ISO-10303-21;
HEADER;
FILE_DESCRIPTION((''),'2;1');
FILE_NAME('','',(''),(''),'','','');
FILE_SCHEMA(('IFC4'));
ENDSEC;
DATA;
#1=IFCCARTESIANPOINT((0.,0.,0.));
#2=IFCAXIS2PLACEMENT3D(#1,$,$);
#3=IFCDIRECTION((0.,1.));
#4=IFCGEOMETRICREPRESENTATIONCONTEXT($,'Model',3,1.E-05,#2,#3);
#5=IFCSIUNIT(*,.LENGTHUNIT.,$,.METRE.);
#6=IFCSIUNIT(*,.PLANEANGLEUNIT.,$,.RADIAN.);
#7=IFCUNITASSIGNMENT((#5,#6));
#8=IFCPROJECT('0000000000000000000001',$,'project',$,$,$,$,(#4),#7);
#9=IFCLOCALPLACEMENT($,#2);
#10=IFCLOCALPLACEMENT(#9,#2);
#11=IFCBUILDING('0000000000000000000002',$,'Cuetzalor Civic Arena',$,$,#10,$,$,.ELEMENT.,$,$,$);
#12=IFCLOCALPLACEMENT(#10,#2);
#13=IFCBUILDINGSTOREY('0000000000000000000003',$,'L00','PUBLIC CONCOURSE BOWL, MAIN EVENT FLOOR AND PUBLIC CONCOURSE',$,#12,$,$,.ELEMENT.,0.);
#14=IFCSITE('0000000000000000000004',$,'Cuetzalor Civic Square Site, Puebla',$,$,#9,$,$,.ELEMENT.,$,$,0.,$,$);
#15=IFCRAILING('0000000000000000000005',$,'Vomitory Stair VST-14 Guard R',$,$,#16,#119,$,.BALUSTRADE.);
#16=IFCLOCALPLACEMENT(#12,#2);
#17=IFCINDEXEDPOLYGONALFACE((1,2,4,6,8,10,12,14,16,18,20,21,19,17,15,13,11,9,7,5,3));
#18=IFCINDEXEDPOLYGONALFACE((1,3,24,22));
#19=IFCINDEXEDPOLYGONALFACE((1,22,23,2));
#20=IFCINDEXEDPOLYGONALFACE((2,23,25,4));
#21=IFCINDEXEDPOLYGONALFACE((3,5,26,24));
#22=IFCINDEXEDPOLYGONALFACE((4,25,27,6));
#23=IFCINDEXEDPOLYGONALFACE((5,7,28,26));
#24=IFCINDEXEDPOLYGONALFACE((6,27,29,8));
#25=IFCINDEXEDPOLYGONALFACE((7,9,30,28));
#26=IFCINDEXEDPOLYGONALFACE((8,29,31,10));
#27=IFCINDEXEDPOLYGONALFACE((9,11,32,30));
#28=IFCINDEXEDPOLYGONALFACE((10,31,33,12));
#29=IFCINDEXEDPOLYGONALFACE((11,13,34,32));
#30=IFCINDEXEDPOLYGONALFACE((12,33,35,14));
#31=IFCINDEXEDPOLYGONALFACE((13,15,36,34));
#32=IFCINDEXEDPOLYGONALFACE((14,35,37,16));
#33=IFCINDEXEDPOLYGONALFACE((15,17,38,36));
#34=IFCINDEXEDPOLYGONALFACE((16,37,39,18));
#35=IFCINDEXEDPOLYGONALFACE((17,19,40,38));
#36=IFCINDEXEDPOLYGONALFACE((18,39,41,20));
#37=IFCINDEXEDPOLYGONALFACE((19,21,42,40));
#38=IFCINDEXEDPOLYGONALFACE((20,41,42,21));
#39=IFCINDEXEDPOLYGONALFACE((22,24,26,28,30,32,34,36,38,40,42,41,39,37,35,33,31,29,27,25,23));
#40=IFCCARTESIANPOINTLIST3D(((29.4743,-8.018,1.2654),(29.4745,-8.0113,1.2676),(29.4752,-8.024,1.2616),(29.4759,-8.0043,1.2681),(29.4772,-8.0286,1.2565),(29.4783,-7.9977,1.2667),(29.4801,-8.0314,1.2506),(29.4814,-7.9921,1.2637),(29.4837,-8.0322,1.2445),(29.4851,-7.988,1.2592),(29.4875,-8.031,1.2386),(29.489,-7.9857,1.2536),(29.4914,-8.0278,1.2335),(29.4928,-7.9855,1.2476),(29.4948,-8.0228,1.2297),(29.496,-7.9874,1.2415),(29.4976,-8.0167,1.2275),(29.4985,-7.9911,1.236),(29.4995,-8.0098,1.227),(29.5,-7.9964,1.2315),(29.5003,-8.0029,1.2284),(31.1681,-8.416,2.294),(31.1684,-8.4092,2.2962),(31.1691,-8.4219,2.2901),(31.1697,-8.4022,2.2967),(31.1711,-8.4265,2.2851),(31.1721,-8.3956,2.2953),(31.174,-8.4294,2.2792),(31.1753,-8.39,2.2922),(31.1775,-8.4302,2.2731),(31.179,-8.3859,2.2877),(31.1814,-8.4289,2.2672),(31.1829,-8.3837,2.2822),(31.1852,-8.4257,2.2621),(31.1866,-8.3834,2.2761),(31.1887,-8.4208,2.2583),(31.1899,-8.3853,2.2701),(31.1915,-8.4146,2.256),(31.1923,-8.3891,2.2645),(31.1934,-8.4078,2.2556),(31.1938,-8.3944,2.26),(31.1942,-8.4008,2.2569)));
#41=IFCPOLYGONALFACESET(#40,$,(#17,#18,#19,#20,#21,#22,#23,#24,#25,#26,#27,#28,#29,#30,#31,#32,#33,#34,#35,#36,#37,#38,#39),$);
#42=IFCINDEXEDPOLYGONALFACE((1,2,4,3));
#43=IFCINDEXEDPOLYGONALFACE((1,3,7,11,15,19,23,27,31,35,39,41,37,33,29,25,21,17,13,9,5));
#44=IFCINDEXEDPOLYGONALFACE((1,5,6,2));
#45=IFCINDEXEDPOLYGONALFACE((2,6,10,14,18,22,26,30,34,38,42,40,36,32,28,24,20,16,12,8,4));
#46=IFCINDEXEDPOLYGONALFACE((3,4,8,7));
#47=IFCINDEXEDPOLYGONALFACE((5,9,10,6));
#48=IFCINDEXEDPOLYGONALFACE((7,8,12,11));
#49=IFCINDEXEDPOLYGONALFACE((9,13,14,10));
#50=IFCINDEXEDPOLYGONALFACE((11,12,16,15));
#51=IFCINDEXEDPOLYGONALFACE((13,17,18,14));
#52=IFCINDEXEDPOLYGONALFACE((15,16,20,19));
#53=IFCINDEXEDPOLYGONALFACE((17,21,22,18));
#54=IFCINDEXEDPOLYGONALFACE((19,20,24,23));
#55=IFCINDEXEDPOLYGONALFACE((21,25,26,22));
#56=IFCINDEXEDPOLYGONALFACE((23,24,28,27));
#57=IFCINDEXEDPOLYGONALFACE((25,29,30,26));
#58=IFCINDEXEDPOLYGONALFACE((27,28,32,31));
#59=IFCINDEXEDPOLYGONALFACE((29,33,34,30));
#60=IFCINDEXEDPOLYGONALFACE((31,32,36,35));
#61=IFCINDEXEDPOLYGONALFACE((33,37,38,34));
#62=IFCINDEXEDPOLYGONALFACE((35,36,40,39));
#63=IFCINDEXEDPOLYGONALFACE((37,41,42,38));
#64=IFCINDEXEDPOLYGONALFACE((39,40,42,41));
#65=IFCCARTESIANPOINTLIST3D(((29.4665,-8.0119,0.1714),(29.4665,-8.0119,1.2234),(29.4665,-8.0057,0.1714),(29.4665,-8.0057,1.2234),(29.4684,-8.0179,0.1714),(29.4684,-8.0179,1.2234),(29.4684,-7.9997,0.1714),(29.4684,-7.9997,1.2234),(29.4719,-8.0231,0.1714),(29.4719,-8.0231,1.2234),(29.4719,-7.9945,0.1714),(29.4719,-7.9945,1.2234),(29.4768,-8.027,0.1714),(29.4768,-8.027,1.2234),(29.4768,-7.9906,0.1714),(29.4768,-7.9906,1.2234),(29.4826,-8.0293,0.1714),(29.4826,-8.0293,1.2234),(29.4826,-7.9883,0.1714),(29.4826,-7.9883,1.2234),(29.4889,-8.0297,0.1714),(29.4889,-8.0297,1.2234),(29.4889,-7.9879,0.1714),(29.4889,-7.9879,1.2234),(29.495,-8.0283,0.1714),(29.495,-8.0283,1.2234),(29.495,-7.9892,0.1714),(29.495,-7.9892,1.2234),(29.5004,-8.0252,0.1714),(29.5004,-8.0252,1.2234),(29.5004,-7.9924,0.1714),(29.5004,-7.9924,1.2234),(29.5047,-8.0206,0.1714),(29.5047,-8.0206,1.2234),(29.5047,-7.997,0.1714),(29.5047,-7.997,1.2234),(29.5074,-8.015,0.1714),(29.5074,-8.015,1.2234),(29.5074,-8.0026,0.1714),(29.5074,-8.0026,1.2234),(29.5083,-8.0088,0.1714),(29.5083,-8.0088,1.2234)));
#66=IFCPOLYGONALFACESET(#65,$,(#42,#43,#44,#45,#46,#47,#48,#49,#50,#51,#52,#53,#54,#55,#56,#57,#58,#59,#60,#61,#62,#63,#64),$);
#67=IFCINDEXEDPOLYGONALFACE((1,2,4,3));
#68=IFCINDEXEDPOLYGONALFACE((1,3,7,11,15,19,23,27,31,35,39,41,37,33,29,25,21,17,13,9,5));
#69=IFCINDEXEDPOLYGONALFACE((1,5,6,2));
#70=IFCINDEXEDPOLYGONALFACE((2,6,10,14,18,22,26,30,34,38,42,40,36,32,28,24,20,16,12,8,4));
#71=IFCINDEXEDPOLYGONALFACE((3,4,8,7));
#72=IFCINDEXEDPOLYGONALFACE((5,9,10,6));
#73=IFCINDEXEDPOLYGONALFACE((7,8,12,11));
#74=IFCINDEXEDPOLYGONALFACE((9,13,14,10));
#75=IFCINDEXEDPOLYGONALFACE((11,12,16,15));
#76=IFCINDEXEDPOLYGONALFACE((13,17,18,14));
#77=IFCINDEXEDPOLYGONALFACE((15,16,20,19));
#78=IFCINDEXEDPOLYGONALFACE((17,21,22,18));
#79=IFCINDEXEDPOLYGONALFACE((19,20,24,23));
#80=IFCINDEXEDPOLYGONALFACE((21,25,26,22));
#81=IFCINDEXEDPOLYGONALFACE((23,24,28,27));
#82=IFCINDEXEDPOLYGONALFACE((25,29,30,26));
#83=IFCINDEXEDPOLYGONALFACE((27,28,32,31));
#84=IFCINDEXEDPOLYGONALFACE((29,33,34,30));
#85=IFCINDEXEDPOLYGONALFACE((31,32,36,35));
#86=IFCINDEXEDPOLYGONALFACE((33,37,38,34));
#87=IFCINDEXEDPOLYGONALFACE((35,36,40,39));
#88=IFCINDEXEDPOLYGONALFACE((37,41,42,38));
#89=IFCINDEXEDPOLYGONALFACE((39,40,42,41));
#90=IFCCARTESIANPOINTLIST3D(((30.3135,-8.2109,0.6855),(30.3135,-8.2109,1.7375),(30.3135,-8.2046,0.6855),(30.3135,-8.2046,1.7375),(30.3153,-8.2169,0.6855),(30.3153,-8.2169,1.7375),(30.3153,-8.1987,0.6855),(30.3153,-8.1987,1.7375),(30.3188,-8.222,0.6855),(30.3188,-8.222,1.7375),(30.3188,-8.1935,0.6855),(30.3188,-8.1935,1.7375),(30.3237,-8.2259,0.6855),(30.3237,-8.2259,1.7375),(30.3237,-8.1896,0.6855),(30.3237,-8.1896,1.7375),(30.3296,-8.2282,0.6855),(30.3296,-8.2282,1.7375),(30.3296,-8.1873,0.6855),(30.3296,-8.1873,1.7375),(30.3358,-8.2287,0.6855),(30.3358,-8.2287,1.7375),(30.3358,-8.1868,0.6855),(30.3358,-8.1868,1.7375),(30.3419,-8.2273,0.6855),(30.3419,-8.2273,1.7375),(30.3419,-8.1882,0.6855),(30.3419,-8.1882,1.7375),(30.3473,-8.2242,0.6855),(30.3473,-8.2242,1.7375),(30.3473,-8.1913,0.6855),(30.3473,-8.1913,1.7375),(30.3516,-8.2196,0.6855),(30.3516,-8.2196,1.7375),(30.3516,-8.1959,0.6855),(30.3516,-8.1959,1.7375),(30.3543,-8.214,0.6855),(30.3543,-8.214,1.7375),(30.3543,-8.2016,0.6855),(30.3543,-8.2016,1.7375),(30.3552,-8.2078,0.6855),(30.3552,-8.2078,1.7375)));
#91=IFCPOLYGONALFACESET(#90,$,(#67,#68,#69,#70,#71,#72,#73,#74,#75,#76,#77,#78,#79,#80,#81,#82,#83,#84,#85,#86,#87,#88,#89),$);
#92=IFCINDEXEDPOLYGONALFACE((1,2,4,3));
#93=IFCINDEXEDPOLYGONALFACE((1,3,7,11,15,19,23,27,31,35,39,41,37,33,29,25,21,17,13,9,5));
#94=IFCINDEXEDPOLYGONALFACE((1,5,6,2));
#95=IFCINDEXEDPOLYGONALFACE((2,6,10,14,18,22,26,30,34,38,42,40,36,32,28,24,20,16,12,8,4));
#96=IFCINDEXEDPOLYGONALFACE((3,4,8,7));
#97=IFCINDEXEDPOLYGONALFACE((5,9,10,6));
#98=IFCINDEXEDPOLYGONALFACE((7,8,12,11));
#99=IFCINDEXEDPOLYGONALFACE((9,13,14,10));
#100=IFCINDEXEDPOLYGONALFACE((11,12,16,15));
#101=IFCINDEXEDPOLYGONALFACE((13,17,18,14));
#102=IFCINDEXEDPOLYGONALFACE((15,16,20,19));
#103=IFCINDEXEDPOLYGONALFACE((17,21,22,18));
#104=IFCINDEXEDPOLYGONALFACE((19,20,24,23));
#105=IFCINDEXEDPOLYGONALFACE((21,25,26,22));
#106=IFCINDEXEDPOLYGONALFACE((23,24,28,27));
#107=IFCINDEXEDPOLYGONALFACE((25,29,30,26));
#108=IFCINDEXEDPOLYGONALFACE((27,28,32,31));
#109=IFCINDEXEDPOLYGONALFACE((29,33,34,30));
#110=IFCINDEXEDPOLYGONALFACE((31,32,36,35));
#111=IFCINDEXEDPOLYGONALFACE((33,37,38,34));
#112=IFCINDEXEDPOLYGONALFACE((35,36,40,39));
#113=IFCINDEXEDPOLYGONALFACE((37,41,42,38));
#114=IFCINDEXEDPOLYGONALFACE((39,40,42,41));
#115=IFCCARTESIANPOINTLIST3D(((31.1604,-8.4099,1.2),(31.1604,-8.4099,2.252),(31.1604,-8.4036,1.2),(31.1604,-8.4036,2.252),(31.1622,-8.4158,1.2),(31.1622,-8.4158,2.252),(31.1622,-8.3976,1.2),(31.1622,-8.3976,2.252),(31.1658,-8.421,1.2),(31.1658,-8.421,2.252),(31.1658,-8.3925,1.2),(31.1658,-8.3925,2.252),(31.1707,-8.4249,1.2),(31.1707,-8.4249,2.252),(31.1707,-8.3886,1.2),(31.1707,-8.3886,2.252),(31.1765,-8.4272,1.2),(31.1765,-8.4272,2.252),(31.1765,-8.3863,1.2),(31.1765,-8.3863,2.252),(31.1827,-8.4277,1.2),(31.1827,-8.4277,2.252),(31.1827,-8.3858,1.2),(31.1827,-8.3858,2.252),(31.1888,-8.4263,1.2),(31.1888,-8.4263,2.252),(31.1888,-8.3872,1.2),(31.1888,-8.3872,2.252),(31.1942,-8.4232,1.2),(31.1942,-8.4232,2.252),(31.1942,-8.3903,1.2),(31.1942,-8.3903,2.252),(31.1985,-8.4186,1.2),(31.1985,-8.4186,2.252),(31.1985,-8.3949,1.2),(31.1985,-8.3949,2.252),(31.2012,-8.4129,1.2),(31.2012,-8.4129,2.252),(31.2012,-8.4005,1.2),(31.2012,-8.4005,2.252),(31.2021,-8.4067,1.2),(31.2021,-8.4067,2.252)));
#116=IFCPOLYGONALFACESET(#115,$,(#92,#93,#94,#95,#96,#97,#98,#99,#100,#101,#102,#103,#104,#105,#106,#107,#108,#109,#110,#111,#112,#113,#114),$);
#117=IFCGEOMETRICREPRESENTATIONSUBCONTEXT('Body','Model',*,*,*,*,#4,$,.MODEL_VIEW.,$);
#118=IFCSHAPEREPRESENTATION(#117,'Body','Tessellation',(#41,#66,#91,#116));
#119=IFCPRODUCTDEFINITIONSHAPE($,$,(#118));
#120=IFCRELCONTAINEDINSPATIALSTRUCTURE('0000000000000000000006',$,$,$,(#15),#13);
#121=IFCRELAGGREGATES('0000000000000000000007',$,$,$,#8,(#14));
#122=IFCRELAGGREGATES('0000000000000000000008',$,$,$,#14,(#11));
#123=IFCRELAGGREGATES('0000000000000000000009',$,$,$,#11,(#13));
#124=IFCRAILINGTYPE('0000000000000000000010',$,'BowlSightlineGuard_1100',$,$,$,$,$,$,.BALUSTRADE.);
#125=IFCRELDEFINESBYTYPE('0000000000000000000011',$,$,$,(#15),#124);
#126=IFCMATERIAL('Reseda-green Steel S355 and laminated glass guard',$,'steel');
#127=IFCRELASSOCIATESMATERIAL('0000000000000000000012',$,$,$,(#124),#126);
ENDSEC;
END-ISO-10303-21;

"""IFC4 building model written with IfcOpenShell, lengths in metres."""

from ifc_helpers import new_model, si_unit, direction, frame, origin, origin_2d, place, context, subcontext, project, spatial, circle, extrude, material, type_object, element, save


model = new_model("IFC4")

# Units and contexts
model_context = context("Model", 3, precision=1e-05, world=origin(), true_north=direction((0.0, 1.0)))
body_context = subcontext(model_context, "Body", "Model", "MODEL_VIEW")
ifc_project = project(units=[si_unit("LENGTHUNIT", "METRE"), si_unit("PLANEANGLEUNIT", "RADIAN")], contexts=[model_context])

# Site, building, storey
site_placement = place(None, origin())
site = spatial("IfcSite", under=ifc_project, at=site_placement, Name="Cuetzalor Civic Square Site, Puebla", CompositionType="ELEMENT", RefElevation=0.0)
building_placement = place(site_placement, origin())
building = spatial("IfcBuilding", under=site, at=building_placement, Name="Cuetzalor Civic Arena", CompositionType="ELEMENT")
storey_placement = place(building_placement, origin())
storey = spatial("IfcBuildingStorey", under=building, at=storey_placement, Name="L00", Description="PUBLIC CONCOURSE BOWL, MAIN EVENT FLOOR AND PUBLIC CONCOURSE", CompositionType="ELEMENT", Elevation=0.0)

# Railing
ifc_material_1 = material(Name="Reseda-green Steel S355 and laminated glass guard", Category="steel")
railing_type_1 = type_object("IfcRailingType", Name="BowlSightlineGuard_1100", PredefinedType="BALUSTRADE", material=ifc_material_1)
railing_1_placement = place(storey_placement, frame((29.4873, -8.0088, 0.1714)))
element("IfcRailing", 1, at=railing_1_placement, inside=storey, type_object=railing_type_1, Name="Vomitory Stair VST-14 Guard R", PredefinedType="BALUSTRADE", context=body_context, shape_type="SweptSolid", body=[
    extrude(circle(Radius=0.0239, at=origin_2d()), frame((0.0, 0.0, 1.0762), z_axis=(0.838022, -0.196883, 0.508877), x_axis=(0.228711, 0.973494, 0.0)), (0.0, 0.0, 1.0), 2.0212),
    extrude(circle(Radius=0.021, at=origin_2d()), origin(), (0.0, 0.0, 1.0), 1.052),
    extrude(circle(Radius=0.021, at=origin_2d()), frame((0.8469, -0.199, 0.5142)), (0.0, 0.0, 1.0), 1.052),
    extrude(circle(Radius=0.021, at=origin_2d()), frame((1.6938, -0.3979, 1.0286)), (0.0, 0.0, 1.0), 1.052),
])

save(model, "model.ifc")
